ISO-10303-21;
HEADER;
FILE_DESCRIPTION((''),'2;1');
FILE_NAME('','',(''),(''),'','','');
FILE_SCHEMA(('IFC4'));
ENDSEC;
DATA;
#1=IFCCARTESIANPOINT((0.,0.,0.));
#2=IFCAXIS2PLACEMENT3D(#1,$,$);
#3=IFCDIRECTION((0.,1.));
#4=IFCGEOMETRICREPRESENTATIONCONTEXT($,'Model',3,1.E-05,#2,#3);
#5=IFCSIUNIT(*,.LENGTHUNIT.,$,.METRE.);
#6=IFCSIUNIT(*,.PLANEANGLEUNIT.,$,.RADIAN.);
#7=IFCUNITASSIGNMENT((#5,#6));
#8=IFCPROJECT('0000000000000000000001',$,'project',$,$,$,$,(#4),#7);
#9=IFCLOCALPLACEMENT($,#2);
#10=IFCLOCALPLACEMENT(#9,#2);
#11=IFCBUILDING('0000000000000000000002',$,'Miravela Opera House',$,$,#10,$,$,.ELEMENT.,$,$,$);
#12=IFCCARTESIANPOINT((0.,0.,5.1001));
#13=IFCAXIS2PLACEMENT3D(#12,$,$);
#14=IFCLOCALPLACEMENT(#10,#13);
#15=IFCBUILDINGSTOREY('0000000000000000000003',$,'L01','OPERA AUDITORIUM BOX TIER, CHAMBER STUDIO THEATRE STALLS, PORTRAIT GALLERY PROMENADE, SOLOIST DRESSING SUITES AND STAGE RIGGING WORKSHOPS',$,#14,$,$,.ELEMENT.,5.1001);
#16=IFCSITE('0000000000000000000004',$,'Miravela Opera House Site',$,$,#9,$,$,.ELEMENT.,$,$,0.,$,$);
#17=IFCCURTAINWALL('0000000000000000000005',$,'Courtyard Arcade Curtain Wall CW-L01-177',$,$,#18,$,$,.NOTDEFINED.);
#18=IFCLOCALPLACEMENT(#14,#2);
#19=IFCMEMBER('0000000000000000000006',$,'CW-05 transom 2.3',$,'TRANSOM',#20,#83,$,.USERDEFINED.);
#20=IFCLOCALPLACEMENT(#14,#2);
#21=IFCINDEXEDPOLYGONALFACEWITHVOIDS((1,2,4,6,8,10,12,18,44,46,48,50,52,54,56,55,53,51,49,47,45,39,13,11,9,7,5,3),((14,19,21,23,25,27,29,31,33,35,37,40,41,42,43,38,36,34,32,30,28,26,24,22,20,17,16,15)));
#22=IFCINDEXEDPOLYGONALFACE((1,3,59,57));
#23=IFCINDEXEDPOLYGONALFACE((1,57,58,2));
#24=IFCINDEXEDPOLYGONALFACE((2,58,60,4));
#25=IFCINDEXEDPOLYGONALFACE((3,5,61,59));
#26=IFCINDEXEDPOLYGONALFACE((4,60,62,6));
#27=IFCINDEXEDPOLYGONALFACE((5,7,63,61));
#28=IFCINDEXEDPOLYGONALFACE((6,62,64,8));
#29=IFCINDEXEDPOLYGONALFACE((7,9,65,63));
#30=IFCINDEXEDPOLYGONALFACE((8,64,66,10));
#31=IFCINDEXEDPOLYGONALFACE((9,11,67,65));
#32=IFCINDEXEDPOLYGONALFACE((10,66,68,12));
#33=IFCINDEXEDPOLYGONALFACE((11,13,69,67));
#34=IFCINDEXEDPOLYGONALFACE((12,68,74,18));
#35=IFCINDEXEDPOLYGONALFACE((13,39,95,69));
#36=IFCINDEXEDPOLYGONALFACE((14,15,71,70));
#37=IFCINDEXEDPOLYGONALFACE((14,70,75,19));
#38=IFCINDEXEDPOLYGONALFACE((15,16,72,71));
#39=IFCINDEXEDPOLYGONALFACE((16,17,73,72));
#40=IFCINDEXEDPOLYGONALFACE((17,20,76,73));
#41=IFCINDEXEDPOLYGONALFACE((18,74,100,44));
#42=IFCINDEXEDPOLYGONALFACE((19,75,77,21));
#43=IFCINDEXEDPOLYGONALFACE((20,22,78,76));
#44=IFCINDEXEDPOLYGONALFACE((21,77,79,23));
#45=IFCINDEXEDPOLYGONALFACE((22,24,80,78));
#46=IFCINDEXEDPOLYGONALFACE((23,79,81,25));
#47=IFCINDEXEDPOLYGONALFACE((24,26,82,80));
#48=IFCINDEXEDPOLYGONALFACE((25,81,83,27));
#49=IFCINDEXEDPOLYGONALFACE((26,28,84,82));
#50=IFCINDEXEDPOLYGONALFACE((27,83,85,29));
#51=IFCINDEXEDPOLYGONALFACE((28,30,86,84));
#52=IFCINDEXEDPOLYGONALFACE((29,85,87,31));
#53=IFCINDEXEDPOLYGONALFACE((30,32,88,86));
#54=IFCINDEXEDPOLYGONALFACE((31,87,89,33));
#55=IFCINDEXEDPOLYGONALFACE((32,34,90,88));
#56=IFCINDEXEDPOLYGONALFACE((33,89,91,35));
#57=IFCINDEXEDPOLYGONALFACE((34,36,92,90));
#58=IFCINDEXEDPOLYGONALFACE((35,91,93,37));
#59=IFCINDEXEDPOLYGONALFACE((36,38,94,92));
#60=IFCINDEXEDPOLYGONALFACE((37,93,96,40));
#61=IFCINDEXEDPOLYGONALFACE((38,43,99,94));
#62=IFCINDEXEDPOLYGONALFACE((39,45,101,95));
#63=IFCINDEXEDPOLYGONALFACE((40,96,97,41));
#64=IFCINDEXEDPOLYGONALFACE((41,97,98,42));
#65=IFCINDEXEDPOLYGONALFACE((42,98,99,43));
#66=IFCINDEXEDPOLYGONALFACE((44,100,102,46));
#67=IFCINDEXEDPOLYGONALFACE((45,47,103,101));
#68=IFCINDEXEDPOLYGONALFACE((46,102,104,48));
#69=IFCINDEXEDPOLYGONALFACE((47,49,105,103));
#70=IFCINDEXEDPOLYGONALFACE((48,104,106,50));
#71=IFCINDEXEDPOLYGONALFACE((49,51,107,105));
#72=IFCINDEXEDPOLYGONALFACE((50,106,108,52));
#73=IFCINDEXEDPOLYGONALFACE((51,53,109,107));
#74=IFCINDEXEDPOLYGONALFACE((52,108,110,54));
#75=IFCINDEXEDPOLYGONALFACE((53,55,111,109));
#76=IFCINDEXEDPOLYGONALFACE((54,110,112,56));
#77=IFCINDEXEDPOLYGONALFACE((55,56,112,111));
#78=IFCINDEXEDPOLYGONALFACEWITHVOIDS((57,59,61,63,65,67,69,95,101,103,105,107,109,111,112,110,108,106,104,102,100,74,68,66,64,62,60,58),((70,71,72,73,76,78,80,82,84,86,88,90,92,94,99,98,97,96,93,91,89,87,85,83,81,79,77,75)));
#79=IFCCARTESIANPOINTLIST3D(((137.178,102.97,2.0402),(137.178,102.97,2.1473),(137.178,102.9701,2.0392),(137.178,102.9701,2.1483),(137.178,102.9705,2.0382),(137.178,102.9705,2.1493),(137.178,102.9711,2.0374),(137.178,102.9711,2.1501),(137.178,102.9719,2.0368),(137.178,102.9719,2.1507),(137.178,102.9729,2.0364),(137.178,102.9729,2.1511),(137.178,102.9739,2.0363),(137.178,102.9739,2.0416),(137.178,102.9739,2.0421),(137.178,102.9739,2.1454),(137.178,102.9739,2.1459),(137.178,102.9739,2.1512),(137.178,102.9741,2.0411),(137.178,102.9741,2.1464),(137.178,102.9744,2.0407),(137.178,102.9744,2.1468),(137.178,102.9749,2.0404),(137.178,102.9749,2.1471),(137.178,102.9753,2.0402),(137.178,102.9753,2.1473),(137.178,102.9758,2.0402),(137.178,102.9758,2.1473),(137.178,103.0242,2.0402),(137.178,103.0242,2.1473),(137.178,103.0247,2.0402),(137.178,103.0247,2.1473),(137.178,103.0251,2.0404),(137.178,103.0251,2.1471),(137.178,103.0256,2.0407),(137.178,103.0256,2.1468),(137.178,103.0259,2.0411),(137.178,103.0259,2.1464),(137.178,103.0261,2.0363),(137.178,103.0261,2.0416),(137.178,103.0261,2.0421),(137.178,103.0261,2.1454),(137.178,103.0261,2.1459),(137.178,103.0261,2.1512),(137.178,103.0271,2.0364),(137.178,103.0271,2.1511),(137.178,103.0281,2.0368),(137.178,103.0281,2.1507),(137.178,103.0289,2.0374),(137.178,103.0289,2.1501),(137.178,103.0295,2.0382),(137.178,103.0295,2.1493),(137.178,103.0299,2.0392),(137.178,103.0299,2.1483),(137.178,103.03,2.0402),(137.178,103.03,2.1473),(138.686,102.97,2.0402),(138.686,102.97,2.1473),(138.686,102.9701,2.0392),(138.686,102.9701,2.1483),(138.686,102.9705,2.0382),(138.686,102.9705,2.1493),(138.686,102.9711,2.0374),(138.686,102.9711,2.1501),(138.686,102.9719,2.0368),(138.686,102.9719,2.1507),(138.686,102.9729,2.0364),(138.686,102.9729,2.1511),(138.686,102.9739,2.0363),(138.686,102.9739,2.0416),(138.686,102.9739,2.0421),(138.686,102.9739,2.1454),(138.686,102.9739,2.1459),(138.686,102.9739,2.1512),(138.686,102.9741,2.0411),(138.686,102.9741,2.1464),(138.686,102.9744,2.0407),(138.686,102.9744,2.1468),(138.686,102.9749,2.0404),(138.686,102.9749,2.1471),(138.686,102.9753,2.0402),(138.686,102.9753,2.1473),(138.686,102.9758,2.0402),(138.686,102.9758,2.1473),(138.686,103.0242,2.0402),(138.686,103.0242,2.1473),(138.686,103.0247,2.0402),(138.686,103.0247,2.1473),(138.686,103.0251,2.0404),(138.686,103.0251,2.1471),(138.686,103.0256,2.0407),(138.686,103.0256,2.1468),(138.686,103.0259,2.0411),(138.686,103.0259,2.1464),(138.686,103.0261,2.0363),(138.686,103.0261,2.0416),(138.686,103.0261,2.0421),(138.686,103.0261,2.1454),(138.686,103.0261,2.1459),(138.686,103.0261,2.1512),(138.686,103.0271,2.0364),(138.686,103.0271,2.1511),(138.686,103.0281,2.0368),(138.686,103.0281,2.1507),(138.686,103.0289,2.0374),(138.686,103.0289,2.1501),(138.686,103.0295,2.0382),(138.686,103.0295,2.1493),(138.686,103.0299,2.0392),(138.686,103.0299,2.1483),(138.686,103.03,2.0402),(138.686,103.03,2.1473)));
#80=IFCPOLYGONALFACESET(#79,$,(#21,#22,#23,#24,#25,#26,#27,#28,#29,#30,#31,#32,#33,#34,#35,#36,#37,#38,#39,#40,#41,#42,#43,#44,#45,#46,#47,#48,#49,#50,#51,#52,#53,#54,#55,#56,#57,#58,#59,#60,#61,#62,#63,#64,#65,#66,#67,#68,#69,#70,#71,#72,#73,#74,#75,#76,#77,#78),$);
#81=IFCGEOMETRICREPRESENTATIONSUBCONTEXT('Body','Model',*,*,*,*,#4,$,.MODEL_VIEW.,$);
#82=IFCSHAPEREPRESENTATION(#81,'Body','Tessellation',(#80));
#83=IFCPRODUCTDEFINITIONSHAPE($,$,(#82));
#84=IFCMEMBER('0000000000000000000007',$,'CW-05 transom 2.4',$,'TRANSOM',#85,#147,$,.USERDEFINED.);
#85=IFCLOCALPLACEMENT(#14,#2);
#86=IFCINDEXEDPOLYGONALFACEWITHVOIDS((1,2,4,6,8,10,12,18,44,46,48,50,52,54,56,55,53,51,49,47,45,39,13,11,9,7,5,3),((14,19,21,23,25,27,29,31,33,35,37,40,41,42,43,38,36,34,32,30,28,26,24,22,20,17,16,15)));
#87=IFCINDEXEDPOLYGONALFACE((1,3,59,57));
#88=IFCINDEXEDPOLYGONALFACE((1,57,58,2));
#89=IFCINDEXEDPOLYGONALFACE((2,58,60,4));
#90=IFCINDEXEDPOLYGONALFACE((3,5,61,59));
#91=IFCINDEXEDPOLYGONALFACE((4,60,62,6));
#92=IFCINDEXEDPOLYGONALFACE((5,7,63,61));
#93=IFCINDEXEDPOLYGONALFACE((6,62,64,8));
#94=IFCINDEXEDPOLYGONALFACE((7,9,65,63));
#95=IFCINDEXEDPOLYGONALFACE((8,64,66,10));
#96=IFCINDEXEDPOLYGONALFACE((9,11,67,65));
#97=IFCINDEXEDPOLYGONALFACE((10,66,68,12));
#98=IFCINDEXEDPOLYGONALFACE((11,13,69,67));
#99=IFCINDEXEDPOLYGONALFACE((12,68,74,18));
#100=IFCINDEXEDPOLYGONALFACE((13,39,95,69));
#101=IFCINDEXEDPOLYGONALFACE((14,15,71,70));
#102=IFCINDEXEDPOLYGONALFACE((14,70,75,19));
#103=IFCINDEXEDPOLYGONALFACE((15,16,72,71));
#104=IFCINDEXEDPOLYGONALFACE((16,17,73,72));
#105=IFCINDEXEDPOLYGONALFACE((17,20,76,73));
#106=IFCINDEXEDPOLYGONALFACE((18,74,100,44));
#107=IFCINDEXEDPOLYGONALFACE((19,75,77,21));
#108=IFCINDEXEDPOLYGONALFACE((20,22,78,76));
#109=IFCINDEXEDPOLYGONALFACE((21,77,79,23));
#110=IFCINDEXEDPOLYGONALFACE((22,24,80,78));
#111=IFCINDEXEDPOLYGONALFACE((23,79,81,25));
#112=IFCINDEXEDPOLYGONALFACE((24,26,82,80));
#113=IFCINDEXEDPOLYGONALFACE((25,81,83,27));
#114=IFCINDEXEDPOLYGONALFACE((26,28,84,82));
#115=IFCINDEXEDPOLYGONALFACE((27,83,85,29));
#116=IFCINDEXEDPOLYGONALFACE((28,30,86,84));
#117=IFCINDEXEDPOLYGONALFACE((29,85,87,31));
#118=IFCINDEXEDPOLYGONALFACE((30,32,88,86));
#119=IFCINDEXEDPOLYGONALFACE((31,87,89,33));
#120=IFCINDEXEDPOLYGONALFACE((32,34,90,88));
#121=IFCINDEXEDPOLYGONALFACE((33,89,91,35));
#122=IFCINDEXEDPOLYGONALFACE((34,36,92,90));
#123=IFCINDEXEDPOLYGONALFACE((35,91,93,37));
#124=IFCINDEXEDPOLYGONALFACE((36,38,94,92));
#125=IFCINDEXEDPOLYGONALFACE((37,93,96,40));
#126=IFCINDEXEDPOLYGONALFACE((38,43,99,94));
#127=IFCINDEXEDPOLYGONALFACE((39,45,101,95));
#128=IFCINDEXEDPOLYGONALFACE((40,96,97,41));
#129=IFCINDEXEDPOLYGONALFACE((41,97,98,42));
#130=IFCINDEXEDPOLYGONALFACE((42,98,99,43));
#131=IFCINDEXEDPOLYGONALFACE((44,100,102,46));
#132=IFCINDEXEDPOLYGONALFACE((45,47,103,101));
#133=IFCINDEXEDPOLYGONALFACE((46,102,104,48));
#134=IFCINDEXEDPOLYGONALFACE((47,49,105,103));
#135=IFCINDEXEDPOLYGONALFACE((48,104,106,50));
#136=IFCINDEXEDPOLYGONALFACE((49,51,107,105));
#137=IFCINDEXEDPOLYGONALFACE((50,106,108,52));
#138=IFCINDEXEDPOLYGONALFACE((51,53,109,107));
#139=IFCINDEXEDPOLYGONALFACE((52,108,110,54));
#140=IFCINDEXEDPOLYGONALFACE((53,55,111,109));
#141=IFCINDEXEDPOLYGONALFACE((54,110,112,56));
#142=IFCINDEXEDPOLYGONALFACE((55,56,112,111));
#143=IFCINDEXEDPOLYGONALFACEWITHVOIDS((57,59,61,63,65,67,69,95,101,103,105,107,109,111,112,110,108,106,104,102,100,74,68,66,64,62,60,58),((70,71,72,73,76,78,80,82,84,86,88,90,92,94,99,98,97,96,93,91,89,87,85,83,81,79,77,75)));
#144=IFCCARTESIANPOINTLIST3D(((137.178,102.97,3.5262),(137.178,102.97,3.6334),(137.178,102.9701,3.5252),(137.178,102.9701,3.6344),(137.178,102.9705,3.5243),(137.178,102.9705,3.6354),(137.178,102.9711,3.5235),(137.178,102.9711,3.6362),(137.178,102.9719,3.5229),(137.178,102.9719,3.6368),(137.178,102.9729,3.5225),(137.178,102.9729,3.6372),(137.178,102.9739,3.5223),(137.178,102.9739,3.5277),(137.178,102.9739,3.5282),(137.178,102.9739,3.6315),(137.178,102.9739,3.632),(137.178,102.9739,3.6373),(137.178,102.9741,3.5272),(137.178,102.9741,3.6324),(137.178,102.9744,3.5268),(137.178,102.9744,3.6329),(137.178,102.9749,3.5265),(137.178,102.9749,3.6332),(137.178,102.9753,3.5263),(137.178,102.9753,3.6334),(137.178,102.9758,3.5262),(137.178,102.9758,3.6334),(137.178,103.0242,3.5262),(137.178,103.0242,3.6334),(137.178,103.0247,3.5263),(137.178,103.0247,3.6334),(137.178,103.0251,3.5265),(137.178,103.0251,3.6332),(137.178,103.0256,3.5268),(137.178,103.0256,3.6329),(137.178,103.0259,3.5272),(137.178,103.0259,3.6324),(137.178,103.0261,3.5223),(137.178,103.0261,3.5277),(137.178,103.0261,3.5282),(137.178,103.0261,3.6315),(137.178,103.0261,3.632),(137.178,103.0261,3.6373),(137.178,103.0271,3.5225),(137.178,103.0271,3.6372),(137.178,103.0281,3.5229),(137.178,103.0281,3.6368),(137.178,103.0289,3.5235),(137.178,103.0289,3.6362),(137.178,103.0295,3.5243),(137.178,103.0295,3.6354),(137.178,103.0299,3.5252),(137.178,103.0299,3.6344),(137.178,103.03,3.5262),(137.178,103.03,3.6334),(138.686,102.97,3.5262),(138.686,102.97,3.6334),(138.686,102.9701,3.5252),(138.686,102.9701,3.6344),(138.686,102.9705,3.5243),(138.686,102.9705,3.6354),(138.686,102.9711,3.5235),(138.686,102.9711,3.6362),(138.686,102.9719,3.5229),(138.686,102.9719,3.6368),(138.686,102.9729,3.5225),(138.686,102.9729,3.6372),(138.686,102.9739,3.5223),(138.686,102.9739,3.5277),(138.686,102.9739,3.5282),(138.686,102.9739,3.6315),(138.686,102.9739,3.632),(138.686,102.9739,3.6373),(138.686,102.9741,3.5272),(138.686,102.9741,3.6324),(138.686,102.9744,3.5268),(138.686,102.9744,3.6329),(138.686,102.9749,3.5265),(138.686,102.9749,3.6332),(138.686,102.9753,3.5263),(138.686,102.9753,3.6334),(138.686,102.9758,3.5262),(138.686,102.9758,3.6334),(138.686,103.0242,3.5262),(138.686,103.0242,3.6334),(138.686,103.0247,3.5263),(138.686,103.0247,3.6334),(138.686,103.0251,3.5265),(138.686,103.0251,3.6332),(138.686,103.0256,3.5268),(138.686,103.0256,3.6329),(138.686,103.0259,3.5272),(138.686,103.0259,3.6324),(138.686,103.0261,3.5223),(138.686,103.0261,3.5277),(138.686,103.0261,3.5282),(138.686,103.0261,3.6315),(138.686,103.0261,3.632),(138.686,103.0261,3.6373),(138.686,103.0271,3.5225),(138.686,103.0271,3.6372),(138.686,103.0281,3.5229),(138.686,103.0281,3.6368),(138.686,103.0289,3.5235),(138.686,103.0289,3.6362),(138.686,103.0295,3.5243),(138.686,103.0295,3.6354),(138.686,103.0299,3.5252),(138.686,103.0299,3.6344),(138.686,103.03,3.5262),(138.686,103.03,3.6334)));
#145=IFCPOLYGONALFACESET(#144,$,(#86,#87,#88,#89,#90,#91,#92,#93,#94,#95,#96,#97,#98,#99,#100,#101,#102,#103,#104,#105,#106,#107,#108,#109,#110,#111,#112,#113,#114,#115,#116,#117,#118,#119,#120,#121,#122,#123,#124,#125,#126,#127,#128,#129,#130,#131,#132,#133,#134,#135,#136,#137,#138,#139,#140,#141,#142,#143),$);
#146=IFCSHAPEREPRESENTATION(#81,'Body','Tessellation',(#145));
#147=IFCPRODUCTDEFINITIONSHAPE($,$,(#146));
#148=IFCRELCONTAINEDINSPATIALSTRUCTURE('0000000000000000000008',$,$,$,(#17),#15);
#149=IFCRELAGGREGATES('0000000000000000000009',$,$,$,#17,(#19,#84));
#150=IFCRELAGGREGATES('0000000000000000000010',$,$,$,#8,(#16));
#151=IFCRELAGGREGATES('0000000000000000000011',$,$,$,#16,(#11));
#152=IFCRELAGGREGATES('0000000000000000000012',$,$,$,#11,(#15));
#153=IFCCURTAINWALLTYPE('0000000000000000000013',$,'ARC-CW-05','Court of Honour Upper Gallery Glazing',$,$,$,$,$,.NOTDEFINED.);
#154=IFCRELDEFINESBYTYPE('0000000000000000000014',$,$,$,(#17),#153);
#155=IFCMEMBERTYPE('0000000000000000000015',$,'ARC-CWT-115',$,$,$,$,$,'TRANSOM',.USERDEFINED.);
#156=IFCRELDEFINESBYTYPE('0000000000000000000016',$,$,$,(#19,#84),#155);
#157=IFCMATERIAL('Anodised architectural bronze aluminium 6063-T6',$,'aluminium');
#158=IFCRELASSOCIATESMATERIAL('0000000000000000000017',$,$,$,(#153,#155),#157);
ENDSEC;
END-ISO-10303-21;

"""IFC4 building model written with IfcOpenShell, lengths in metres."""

from ifc_helpers import new_model, si_unit, direction, frame, origin, origin_2d, place, context, subcontext, project, spatial, hollow_rectangle, extrude, material, material_profile, profile_set, type_object, element, aggregate, save


model = new_model("IFC4")

# Units and contexts
model_context = context("Model", 3, precision=1e-05, world=origin(), true_north=direction((0.0, 1.0)))
body_context = subcontext(model_context, "Body", "Model", "MODEL_VIEW")
ifc_project = project(units=[si_unit("LENGTHUNIT", "METRE"), si_unit("PLANEANGLEUNIT", "RADIAN")], contexts=[model_context])

# Site, building, storey
site_placement = place(None, origin())
site = spatial("IfcSite", under=ifc_project, at=site_placement, Name="Miravela Opera House Site", CompositionType="ELEMENT", RefElevation=0.0)
building_placement = place(site_placement, origin())
building = spatial("IfcBuilding", under=site, at=building_placement, Name="Miravela Opera House", CompositionType="ELEMENT")
storey_placement = place(building_placement, frame((0.0, 0.0, 5.1001)))
storey = spatial("IfcBuildingStorey", under=building, at=storey_placement, Name="L01", Description="OPERA AUDITORIUM BOX TIER, CHAMBER STUDIO THEATRE STALLS, PORTRAIT GALLERY PROMENADE, SOLOIST DRESSING SUITES AND STAGE RIGGING WORKSHOPS", CompositionType="ELEMENT", Elevation=5.1001)

# Curtain wall, members
ifc_material_1 = material(Name="Anodised architectural bronze aluminium 6063-T6", Category="aluminium")
curtain_wall_type = type_object("IfcCurtainWallType", Name="ARC-CW-05", Description="Court of Honour Upper Gallery Glazing", PredefinedType="NOTDEFINED", material=ifc_material_1)
curtain_wall_placement = place(storey_placement, origin())
curtain_wall = element("IfcCurtainWall", 1, at=curtain_wall_placement, inside=storey, type_object=curtain_wall_type, Name="Courtyard Arcade Curtain Wall CW-L01-177", PredefinedType="NOTDEFINED")
ifc_material_profile_1 = material_profile(ifc_material_1, hollow_rectangle(XDim=0.0601, YDim=0.115, WallThickness=0.0039, InnerFilletRadius=0.002, OuterFilletRadius=0.0039, at=origin_2d()), Name="CWT-60X115")
ifc_profile_set_1 = profile_set([ifc_material_profile_1])
member_type_1 = type_object("IfcMemberType", Name="ARC-CWT-115", ElementType="TRANSOM", PredefinedType="USERDEFINED", material=ifc_profile_set_1)
member_1_placement = place(storey_placement, frame((137.178, 103.0, 2.0938), z_axis=(1.0, 0.0, 0.0), x_axis=(0.0, 1.0, 0.0)))
member_1 = element("IfcMember", 2, at=member_1_placement, type_object=member_type_1, Name="CW-05 transom 2.3", ObjectType="TRANSOM", PredefinedType="USERDEFINED", context=body_context, shape_type="SweptSolid", body=[
    extrude(hollow_rectangle(XDim=0.0601, YDim=0.115, WallThickness=0.0039, InnerFilletRadius=0.002, OuterFilletRadius=0.0039, at=origin_2d()), origin(), (0.0, 0.0, 1.0), 1.5081),
])
member_2_placement = place(storey_placement, frame((137.178, 103.0, 3.5798), z_axis=(1.0, 0.0, 0.0), x_axis=(0.0, 1.0, 0.0)))
member_2 = element("IfcMember", 3, at=member_2_placement, type_object=member_type_1, Name="CW-05 transom 2.4", ObjectType="TRANSOM", PredefinedType="USERDEFINED", context=body_context, shape_type="SweptSolid", body=[
    extrude(hollow_rectangle(XDim=0.0601, YDim=0.115, WallThickness=0.0039, InnerFilletRadius=0.002, OuterFilletRadius=0.0039, at=origin_2d()), origin(), (0.0, 0.0, 1.0), 1.5081),
])

aggregate(curtain_wall, [member_1, member_2])

save(model, "model.ifc")
